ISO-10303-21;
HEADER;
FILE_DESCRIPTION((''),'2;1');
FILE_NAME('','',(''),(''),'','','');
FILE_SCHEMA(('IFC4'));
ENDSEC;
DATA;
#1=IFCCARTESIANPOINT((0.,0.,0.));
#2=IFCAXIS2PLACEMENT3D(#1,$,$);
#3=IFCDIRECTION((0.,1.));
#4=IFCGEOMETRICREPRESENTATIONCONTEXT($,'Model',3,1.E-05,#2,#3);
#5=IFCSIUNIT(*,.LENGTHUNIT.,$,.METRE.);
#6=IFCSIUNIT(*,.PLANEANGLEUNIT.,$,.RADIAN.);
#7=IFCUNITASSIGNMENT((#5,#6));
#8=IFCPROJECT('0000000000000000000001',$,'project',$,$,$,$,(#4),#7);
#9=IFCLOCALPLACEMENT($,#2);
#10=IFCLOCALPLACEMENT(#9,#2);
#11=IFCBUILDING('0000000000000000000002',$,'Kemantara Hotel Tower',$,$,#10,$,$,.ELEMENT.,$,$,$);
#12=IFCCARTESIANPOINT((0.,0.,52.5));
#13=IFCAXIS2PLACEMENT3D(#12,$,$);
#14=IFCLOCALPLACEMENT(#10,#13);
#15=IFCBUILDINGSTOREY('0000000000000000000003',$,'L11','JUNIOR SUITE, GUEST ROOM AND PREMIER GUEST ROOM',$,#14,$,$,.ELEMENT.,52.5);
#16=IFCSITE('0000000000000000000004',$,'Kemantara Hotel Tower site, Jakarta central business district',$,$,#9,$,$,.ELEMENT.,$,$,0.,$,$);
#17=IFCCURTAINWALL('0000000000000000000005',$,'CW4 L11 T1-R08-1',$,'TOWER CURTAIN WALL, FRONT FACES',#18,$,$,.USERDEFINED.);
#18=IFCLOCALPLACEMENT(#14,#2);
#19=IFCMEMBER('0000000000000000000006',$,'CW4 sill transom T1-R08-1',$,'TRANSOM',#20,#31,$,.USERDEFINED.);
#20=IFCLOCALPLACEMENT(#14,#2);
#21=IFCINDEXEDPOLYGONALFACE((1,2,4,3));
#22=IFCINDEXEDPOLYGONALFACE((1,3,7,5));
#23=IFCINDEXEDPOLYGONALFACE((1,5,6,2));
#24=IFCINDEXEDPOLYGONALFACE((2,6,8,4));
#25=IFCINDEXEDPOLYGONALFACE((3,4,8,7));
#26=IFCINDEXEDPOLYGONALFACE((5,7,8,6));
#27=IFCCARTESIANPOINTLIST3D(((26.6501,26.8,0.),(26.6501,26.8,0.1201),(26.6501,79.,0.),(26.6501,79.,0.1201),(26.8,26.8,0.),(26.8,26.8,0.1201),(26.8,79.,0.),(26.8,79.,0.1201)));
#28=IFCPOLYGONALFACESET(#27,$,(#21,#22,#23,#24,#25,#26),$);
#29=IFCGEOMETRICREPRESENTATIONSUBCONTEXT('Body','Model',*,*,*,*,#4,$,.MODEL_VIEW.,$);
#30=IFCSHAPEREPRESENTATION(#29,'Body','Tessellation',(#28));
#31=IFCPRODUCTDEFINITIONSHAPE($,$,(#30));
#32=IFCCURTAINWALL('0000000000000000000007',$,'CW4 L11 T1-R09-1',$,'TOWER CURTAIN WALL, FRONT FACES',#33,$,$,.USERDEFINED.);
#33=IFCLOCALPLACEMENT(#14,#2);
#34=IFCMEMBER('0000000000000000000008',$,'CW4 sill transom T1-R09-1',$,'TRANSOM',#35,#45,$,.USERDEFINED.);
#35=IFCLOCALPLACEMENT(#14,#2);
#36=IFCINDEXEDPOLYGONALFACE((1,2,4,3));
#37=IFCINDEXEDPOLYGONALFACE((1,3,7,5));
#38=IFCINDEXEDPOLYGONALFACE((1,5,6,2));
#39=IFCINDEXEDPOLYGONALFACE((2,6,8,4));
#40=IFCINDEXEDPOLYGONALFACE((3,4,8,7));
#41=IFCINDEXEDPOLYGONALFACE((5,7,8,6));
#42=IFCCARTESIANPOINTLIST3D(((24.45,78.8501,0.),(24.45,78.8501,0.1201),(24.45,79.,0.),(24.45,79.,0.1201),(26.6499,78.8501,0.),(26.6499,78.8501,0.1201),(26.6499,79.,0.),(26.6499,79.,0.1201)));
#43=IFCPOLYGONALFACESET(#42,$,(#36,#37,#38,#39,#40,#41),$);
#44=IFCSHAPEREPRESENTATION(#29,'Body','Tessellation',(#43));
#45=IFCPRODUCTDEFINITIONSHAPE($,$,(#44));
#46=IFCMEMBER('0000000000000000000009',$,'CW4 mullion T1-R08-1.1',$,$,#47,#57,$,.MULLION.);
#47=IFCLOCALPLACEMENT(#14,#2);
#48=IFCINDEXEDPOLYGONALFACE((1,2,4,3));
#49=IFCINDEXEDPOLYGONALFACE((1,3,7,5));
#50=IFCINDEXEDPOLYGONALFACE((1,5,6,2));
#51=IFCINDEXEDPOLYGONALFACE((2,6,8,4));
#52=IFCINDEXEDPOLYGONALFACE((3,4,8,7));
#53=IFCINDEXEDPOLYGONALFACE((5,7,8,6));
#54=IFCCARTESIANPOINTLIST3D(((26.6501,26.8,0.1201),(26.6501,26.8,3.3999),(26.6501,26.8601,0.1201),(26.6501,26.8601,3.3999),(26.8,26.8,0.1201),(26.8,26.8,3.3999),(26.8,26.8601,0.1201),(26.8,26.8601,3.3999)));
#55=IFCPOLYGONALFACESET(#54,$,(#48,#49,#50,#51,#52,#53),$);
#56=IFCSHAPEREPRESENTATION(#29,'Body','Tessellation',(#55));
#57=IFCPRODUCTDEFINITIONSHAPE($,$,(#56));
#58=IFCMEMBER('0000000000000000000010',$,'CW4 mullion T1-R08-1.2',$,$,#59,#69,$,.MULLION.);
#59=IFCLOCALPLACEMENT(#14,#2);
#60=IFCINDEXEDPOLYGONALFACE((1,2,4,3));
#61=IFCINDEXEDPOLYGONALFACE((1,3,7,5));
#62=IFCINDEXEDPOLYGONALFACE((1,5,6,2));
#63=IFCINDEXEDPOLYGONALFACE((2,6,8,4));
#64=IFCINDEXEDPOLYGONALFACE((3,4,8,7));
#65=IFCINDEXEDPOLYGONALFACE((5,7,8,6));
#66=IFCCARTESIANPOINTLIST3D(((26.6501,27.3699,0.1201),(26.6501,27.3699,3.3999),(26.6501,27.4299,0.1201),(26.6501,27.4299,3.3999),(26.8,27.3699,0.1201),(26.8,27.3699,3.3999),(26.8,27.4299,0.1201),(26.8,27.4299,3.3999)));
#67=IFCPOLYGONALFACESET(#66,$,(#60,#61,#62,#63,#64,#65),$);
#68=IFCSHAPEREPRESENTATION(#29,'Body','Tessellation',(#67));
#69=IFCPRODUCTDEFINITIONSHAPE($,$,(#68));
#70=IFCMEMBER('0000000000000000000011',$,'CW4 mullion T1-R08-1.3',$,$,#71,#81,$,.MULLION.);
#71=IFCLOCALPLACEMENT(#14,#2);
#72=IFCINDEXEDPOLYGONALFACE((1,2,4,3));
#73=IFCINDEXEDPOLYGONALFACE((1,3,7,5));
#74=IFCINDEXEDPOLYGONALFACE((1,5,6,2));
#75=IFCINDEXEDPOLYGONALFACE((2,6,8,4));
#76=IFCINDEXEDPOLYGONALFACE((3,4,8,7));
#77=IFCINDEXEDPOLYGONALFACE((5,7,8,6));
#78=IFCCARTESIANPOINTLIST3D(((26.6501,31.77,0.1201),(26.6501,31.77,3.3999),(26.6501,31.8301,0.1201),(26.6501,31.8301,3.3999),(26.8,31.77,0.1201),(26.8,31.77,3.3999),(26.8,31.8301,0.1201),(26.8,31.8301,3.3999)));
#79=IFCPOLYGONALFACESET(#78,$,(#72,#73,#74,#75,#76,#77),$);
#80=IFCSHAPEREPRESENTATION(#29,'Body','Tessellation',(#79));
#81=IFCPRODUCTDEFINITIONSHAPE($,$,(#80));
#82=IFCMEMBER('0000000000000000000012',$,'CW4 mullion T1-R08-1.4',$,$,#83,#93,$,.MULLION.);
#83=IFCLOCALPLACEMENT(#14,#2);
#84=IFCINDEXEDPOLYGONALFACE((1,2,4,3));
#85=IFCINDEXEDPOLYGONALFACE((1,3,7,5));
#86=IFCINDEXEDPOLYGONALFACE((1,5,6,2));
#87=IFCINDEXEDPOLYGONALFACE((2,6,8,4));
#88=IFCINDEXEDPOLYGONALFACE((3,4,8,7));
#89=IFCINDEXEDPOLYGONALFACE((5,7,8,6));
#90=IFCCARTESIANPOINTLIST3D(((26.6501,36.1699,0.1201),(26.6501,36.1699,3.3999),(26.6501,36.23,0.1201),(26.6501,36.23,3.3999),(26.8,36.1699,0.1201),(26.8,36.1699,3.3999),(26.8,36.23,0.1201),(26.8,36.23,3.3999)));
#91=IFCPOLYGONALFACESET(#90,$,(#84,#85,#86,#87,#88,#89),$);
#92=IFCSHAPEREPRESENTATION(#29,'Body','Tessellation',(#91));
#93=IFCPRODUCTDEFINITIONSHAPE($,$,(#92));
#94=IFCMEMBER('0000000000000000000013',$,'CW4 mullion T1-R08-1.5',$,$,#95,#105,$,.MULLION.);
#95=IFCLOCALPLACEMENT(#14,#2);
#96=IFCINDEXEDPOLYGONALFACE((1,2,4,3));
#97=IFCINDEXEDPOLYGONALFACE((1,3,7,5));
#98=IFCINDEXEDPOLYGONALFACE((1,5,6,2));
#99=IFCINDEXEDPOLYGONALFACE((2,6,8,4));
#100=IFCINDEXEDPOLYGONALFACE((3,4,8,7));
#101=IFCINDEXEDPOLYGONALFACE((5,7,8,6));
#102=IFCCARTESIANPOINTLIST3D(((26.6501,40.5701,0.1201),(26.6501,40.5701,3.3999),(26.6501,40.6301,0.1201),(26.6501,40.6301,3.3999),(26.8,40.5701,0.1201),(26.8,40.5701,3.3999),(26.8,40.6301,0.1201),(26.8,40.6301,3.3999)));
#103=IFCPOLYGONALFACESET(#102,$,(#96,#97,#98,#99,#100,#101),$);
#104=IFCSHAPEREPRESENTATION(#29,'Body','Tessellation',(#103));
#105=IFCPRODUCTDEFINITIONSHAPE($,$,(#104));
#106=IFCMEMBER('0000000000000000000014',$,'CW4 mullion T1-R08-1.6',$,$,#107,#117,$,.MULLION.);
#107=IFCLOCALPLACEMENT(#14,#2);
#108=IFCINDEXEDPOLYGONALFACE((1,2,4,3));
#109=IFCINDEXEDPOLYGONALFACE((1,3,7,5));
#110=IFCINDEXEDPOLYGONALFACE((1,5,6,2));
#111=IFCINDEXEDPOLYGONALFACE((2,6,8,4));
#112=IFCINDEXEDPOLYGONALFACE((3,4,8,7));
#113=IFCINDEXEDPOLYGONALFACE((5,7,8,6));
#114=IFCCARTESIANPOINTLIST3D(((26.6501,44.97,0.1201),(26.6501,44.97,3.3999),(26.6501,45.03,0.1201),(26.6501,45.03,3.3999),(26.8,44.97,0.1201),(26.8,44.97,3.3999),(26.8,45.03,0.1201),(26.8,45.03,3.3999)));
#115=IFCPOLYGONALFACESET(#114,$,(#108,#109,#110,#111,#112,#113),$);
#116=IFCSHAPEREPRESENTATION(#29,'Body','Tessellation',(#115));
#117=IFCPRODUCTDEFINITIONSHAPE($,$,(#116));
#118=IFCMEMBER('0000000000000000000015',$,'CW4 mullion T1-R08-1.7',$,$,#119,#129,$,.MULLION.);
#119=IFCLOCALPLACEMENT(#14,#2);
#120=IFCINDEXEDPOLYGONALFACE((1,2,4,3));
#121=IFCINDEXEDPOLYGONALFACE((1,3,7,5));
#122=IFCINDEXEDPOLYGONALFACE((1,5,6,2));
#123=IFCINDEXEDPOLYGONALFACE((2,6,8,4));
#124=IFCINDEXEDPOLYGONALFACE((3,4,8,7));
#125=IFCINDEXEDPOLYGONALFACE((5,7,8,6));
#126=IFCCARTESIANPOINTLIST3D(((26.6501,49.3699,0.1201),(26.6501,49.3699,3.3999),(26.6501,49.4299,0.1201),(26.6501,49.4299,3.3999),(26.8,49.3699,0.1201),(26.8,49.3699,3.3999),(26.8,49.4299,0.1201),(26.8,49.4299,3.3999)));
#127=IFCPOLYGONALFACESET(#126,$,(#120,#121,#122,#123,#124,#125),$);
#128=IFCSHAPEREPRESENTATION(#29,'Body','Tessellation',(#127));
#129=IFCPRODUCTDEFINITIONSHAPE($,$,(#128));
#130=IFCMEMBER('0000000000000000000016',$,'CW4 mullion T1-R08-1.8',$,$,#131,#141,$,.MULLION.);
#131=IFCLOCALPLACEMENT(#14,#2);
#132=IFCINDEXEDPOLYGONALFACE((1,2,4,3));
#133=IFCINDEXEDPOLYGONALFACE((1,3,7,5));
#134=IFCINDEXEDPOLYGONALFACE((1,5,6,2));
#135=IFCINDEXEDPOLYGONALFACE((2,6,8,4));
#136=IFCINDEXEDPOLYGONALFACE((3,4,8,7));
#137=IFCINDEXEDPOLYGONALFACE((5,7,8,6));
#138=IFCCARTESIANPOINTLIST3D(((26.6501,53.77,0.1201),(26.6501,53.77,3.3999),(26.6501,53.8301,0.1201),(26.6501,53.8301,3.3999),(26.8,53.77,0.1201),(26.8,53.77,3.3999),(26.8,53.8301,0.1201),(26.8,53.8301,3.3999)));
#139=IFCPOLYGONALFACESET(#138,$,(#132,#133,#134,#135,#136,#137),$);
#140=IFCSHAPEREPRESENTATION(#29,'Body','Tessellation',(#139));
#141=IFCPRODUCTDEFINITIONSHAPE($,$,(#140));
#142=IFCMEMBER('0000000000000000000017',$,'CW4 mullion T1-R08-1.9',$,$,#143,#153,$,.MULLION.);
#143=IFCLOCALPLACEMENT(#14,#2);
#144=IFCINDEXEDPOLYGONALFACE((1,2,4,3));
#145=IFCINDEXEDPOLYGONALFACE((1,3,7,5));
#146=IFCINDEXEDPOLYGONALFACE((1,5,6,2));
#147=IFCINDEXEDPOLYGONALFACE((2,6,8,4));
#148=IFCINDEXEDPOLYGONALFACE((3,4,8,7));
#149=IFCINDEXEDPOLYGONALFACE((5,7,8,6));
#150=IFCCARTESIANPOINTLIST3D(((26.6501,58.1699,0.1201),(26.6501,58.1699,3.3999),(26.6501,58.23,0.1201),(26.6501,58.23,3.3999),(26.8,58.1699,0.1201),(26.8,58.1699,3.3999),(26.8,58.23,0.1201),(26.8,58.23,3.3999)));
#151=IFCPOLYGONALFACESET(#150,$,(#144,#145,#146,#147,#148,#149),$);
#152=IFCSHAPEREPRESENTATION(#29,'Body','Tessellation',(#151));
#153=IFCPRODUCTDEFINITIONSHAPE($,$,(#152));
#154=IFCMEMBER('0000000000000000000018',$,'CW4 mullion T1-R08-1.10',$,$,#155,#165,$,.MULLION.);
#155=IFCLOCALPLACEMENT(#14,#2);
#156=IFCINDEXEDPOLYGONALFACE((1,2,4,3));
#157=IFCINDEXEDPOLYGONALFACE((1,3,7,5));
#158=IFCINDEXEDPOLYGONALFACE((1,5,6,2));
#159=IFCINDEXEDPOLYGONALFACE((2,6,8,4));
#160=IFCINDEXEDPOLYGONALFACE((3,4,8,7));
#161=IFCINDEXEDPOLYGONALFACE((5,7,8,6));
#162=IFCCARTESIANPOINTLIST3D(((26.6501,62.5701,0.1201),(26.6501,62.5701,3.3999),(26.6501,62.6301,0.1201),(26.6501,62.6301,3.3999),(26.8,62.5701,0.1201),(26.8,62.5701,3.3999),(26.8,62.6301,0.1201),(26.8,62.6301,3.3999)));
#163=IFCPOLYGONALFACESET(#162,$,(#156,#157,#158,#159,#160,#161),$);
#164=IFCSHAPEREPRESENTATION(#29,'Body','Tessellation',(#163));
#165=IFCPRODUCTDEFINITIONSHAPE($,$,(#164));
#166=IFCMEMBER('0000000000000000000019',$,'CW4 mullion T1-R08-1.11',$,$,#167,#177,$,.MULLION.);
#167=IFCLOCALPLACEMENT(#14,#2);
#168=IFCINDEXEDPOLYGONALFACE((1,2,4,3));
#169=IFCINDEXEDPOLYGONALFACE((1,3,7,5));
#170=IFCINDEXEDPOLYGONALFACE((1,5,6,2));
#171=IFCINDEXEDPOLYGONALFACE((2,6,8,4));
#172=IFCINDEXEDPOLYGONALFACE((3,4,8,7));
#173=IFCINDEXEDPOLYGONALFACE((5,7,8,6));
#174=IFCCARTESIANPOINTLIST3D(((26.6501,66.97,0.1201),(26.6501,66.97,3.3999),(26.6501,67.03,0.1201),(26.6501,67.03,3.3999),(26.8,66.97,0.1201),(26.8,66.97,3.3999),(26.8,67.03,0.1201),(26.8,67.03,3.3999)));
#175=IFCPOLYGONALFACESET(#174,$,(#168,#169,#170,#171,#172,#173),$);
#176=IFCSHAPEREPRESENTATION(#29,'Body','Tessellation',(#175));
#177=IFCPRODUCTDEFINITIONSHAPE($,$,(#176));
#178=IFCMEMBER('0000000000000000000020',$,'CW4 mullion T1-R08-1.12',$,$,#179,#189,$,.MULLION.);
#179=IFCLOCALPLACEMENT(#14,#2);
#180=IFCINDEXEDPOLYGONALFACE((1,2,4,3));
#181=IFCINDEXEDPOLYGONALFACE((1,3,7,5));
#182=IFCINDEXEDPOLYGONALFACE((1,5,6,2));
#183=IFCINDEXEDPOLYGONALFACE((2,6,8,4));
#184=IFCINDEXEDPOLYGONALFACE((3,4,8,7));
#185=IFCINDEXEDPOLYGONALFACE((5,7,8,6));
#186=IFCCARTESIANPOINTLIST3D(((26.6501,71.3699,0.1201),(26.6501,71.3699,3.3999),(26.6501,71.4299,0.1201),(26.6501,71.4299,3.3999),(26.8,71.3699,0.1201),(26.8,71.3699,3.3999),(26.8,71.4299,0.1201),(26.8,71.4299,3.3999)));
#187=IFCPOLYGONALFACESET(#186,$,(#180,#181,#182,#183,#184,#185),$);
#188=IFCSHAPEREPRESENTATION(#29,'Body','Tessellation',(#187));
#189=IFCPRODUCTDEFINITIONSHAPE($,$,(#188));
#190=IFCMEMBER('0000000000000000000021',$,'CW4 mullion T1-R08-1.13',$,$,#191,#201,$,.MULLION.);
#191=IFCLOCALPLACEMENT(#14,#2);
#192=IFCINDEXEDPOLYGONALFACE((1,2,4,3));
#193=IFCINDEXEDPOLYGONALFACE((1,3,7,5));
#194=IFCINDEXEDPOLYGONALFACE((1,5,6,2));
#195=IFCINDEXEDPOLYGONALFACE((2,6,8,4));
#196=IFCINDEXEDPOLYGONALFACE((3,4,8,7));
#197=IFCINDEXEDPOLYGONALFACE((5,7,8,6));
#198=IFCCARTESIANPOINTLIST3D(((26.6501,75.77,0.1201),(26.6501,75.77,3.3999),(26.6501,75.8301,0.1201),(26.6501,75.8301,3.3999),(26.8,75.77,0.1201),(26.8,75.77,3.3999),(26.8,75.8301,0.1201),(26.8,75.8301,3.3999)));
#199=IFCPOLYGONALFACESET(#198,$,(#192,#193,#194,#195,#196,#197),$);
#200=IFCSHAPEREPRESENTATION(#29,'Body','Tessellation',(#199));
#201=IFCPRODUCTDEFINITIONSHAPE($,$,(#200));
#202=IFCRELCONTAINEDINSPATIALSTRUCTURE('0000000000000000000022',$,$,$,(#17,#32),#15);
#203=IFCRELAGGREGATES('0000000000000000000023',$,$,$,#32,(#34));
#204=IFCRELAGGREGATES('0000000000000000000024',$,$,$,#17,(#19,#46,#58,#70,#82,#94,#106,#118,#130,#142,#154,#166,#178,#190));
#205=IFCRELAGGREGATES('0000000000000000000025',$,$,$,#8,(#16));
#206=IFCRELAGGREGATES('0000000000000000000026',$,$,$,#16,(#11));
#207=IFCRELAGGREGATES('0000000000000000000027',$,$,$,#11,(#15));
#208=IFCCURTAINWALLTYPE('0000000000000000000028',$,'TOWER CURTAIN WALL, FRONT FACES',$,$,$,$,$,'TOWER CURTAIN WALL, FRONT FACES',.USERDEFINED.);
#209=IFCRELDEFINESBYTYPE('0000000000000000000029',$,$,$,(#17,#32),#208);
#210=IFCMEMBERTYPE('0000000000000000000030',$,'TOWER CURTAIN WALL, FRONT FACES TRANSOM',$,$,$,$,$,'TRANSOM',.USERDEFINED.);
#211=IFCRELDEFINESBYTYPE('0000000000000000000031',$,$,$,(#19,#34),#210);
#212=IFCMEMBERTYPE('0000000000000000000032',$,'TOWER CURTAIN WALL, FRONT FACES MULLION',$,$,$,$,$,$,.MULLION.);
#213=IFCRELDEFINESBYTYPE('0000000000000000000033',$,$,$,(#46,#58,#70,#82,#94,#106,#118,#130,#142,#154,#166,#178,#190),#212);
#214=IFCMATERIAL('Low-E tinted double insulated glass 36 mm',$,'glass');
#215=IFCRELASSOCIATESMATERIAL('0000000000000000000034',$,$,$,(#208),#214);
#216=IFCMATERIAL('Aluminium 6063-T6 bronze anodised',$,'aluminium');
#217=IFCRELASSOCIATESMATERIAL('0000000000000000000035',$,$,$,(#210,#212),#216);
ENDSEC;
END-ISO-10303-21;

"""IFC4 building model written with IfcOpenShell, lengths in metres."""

from ifc_helpers import new_model, si_unit, direction, frame, origin, origin_2d, place, context, subcontext, project, spatial, rectangle, extrude, source, transform, mapped, material, material_profile, profile_set, type_object, element, aggregate, save


model = new_model("IFC4")

# Units and contexts
model_context = context("Model", 3, precision=1e-05, world=origin(), true_north=direction((0.0, 1.0)))
body_context = subcontext(model_context, "Body", "Model", "MODEL_VIEW")
ifc_project = project(units=[si_unit("LENGTHUNIT", "METRE"), si_unit("PLANEANGLEUNIT", "RADIAN")], contexts=[model_context])

# Site, building, storey
site_placement = place(None, origin())
site = spatial("IfcSite", under=ifc_project, at=site_placement, Name="Kemantara Hotel Tower site, Jakarta central business district", CompositionType="ELEMENT", RefElevation=0.0)
building_placement = place(site_placement, origin())
building = spatial("IfcBuilding", under=site, at=building_placement, Name="Kemantara Hotel Tower", CompositionType="ELEMENT")
storey_placement = place(building_placement, frame((0.0, 0.0, 52.5)))
storey = spatial("IfcBuildingStorey", under=building, at=storey_placement, Name="L11", Description="JUNIOR SUITE, GUEST ROOM AND PREMIER GUEST ROOM", CompositionType="ELEMENT", Elevation=52.5)

# Curtain walls, members
ifc_material_1 = material(Name="Low-E tinted double insulated glass 36 mm", Category="glass")
curtain_wall_type = type_object("IfcCurtainWallType", Name="TOWER CURTAIN WALL, FRONT FACES", ElementType="TOWER CURTAIN WALL, FRONT FACES", PredefinedType="USERDEFINED", material=ifc_material_1)
curtain_wall_1_placement = place(storey_placement, origin())
curtain_wall_1 = element("IfcCurtainWall", 1, at=curtain_wall_1_placement, inside=storey, type_object=curtain_wall_type, Name="CW4 L11 T1-R08-1", ObjectType="TOWER CURTAIN WALL, FRONT FACES", PredefinedType="USERDEFINED")
ifc_material_2 = material(Name="Aluminium 6063-T6 bronze anodised", Category="aluminium")
ifc_material_profile_1 = material_profile(ifc_material_2, rectangle(XDim=0.1499, YDim=0.1201, at=origin_2d()), Name="TOWER CURTAIN WALL, FRONT FACES TRANSOM")
ifc_profile_set_1 = profile_set([ifc_material_profile_1], Name="Aluminium 6063-T6 bronze anodised")
member_type_1 = type_object("IfcMemberType", Name="TOWER CURTAIN WALL, FRONT FACES TRANSOM", ElementType="TRANSOM", PredefinedType="USERDEFINED", material=ifc_profile_set_1)
member_1_placement = place(storey_placement, frame((26.7251, 26.8, 0.0601), z_axis=(0.0, 1.0, 0.0), x_axis=(-1.0, 0.0, 0.0)))
member_1 = element("IfcMember", 2, at=member_1_placement, type_object=member_type_1, Name="CW4 sill transom T1-R08-1", ObjectType="TRANSOM", PredefinedType="USERDEFINED", context=body_context, shape_type="SweptSolid", body=[
    extrude(rectangle(XDim=0.1499, YDim=0.1201, at=origin_2d()), origin(), (0.0, 0.0, 1.0), 52.2),
])
curtain_wall_2_placement = place(storey_placement, origin())
curtain_wall_2 = element("IfcCurtainWall", 3, at=curtain_wall_2_placement, inside=storey, type_object=curtain_wall_type, Name="CW4 L11 T1-R09-1", ObjectType="TOWER CURTAIN WALL, FRONT FACES", PredefinedType="USERDEFINED")
member_2_placement = place(storey_placement, frame((26.6499, 78.925, 0.0601), z_axis=(-1.0, 0.0, 0.0), x_axis=(0.0, -1.0, 0.0)))
member_2 = element("IfcMember", 4, at=member_2_placement, type_object=member_type_1, Name="CW4 sill transom T1-R09-1", ObjectType="TRANSOM", PredefinedType="USERDEFINED", context=body_context, shape_type="SweptSolid", body=[
    extrude(rectangle(XDim=0.1499, YDim=0.1201, at=origin_2d()), origin(), (0.0, 0.0, 1.0), 2.2),
])
aggregate(curtain_wall_2, [member_2])

# Members
ifc_material_profile_2 = material_profile(ifc_material_2, rectangle(XDim=0.1499, YDim=0.0601, at=origin_2d()), Name="TOWER CURTAIN WALL, FRONT FACES MULLION")
ifc_profile_set_2 = profile_set([ifc_material_profile_2], Name="Aluminium 6063-T6 bronze anodised")
member_type_2 = type_object("IfcMemberType", Name="TOWER CURTAIN WALL, FRONT FACES MULLION", PredefinedType="MULLION", material=ifc_profile_set_2)
shared_shape_1 = source(origin(), body_context, "Body", "SweptSolid", [
    extrude(rectangle(XDim=0.1499, YDim=0.0601, at=origin_2d()), origin(), (0.0, 0.0, 1.0), 3.2798),
])
member_3_placement = place(storey_placement, frame((26.7251, 26.8301, 0.1201), z_axis=(0.0, 0.0, 1.0), x_axis=(-1.0, 0.0, 0.0)))
member_3 = element("IfcMember", 5, at=member_3_placement, type_object=member_type_2, Name="CW4 mullion T1-R08-1.1", PredefinedType="MULLION", context=body_context, shape_type="MappedRepresentation", body=[
    mapped(shared_shape_1, transform((0.0, 0.0, 0.0))),
])
member_4_placement = place(storey_placement, frame((26.7251, 27.3999, 0.1201), z_axis=(0.0, 0.0, 1.0), x_axis=(-1.0, 0.0, 0.0)))
member_4 = element("IfcMember", 6, at=member_4_placement, type_object=member_type_2, Name="CW4 mullion T1-R08-1.2", PredefinedType="MULLION", context=body_context, shape_type="MappedRepresentation", body=[
    mapped(shared_shape_1, transform((0.0, 0.0, 0.0))),
])
member_5_placement = place(storey_placement, frame((26.7251, 31.8, 0.1201), z_axis=(0.0, 0.0, 1.0), x_axis=(-1.0, 0.0, 0.0)))
member_5 = element("IfcMember", 7, at=member_5_placement, type_object=member_type_2, Name="CW4 mullion T1-R08-1.3", PredefinedType="MULLION", context=body_context, shape_type="MappedRepresentation", body=[
    mapped(shared_shape_1, transform((0.0, 0.0, 0.0))),
])
member_6_placement = place(storey_placement, frame((26.7251, 36.2, 0.1201), z_axis=(0.0, 0.0, 1.0), x_axis=(-1.0, 0.0, 0.0)))
member_6 = element("IfcMember", 8, at=member_6_placement, type_object=member_type_2, Name="CW4 mullion T1-R08-1.4", PredefinedType="MULLION", context=body_context, shape_type="MappedRepresentation", body=[
    mapped(shared_shape_1, transform((0.0, 0.0, 0.0))),
])
member_7_placement = place(storey_placement, frame((26.7251, 40.6001, 0.1201), z_axis=(0.0, 0.0, 1.0), x_axis=(-1.0, 0.0, 0.0)))
member_7 = element("IfcMember", 9, at=member_7_placement, type_object=member_type_2, Name="CW4 mullion T1-R08-1.5", PredefinedType="MULLION", context=body_context, shape_type="MappedRepresentation", body=[
    mapped(shared_shape_1, transform((0.0, 0.0, 0.0))),
])
member_8_placement = place(storey_placement, frame((26.7251, 45.0, 0.1201), z_axis=(0.0, 0.0, 1.0), x_axis=(-1.0, 0.0, 0.0)))
member_8 = element("IfcMember", 10, at=member_8_placement, type_object=member_type_2, Name="CW4 mullion T1-R08-1.6", PredefinedType="MULLION", context=body_context, shape_type="MappedRepresentation", body=[
    mapped(shared_shape_1, transform((0.0, 0.0, 0.0))),
])
member_9_placement = place(storey_placement, frame((26.7251, 49.3999, 0.1201), z_axis=(0.0, 0.0, 1.0), x_axis=(-1.0, 0.0, 0.0)))
member_9 = element("IfcMember", 11, at=member_9_placement, type_object=member_type_2, Name="CW4 mullion T1-R08-1.7", PredefinedType="MULLION", context=body_context, shape_type="MappedRepresentation", body=[
    mapped(shared_shape_1, transform((0.0, 0.0, 0.0))),
])
member_10_placement = place(storey_placement, frame((26.7251, 53.8, 0.1201), z_axis=(0.0, 0.0, 1.0), x_axis=(-1.0, 0.0, 0.0)))
member_10 = element("IfcMember", 12, at=member_10_placement, type_object=member_type_2, Name="CW4 mullion T1-R08-1.8", PredefinedType="MULLION", context=body_context, shape_type="MappedRepresentation", body=[
    mapped(shared_shape_1, transform((0.0, 0.0, 0.0))),
])
member_11_placement = place(storey_placement, frame((26.7251, 58.2, 0.1201), z_axis=(0.0, 0.0, 1.0), x_axis=(-1.0, 0.0, 0.0)))
member_11 = element("IfcMember", 13, at=member_11_placement, type_object=member_type_2, Name="CW4 mullion T1-R08-1.9", PredefinedType="MULLION", context=body_context, shape_type="MappedRepresentation", body=[
    mapped(shared_shape_1, transform((0.0, 0.0, 0.0))),
])
member_12_placement = place(storey_placement, frame((26.7251, 62.6001, 0.1201), z_axis=(0.0, 0.0, 1.0), x_axis=(-1.0, 0.0, 0.0)))
member_12 = element("IfcMember", 14, at=member_12_placement, type_object=member_type_2, Name="CW4 mullion T1-R08-1.10", PredefinedType="MULLION", context=body_context, shape_type="MappedRepresentation", body=[
    mapped(shared_shape_1, transform((0.0, 0.0, 0.0))),
])
member_13_placement = place(storey_placement, frame((26.7251, 67.0, 0.1201), z_axis=(0.0, 0.0, 1.0), x_axis=(-1.0, 0.0, 0.0)))
member_13 = element("IfcMember", 15, at=member_13_placement, type_object=member_type_2, Name="CW4 mullion T1-R08-1.11", PredefinedType="MULLION", context=body_context, shape_type="MappedRepresentation", body=[
    mapped(shared_shape_1, transform((0.0, 0.0, 0.0))),
])
member_14_placement = place(storey_placement, frame((26.7251, 71.3999, 0.1201), z_axis=(0.0, 0.0, 1.0), x_axis=(-1.0, 0.0, 0.0)))
member_14 = element("IfcMember", 16, at=member_14_placement, type_object=member_type_2, Name="CW4 mullion T1-R08-1.12", PredefinedType="MULLION", context=body_context, shape_type="MappedRepresentation", body=[
    mapped(shared_shape_1, transform((0.0, 0.0, 0.0))),
])
member_15_placement = place(storey_placement, frame((26.7251, 75.8, 0.1201), z_axis=(0.0, 0.0, 1.0), x_axis=(-1.0, 0.0, 0.0)))
member_15 = element("IfcMember", 17, at=member_15_placement, type_object=member_type_2, Name="CW4 mullion T1-R08-1.13", PredefinedType="MULLION", context=body_context, shape_type="MappedRepresentation", body=[
    mapped(shared_shape_1, transform((0.0, 0.0, 0.0))),
])

aggregate(curtain_wall_1, [member_1, member_3, member_4, member_5, member_6, member_7, member_8, member_9, member_10, member_11, member_12, member_13, member_14, member_15])

save(model, "model.ifc")
